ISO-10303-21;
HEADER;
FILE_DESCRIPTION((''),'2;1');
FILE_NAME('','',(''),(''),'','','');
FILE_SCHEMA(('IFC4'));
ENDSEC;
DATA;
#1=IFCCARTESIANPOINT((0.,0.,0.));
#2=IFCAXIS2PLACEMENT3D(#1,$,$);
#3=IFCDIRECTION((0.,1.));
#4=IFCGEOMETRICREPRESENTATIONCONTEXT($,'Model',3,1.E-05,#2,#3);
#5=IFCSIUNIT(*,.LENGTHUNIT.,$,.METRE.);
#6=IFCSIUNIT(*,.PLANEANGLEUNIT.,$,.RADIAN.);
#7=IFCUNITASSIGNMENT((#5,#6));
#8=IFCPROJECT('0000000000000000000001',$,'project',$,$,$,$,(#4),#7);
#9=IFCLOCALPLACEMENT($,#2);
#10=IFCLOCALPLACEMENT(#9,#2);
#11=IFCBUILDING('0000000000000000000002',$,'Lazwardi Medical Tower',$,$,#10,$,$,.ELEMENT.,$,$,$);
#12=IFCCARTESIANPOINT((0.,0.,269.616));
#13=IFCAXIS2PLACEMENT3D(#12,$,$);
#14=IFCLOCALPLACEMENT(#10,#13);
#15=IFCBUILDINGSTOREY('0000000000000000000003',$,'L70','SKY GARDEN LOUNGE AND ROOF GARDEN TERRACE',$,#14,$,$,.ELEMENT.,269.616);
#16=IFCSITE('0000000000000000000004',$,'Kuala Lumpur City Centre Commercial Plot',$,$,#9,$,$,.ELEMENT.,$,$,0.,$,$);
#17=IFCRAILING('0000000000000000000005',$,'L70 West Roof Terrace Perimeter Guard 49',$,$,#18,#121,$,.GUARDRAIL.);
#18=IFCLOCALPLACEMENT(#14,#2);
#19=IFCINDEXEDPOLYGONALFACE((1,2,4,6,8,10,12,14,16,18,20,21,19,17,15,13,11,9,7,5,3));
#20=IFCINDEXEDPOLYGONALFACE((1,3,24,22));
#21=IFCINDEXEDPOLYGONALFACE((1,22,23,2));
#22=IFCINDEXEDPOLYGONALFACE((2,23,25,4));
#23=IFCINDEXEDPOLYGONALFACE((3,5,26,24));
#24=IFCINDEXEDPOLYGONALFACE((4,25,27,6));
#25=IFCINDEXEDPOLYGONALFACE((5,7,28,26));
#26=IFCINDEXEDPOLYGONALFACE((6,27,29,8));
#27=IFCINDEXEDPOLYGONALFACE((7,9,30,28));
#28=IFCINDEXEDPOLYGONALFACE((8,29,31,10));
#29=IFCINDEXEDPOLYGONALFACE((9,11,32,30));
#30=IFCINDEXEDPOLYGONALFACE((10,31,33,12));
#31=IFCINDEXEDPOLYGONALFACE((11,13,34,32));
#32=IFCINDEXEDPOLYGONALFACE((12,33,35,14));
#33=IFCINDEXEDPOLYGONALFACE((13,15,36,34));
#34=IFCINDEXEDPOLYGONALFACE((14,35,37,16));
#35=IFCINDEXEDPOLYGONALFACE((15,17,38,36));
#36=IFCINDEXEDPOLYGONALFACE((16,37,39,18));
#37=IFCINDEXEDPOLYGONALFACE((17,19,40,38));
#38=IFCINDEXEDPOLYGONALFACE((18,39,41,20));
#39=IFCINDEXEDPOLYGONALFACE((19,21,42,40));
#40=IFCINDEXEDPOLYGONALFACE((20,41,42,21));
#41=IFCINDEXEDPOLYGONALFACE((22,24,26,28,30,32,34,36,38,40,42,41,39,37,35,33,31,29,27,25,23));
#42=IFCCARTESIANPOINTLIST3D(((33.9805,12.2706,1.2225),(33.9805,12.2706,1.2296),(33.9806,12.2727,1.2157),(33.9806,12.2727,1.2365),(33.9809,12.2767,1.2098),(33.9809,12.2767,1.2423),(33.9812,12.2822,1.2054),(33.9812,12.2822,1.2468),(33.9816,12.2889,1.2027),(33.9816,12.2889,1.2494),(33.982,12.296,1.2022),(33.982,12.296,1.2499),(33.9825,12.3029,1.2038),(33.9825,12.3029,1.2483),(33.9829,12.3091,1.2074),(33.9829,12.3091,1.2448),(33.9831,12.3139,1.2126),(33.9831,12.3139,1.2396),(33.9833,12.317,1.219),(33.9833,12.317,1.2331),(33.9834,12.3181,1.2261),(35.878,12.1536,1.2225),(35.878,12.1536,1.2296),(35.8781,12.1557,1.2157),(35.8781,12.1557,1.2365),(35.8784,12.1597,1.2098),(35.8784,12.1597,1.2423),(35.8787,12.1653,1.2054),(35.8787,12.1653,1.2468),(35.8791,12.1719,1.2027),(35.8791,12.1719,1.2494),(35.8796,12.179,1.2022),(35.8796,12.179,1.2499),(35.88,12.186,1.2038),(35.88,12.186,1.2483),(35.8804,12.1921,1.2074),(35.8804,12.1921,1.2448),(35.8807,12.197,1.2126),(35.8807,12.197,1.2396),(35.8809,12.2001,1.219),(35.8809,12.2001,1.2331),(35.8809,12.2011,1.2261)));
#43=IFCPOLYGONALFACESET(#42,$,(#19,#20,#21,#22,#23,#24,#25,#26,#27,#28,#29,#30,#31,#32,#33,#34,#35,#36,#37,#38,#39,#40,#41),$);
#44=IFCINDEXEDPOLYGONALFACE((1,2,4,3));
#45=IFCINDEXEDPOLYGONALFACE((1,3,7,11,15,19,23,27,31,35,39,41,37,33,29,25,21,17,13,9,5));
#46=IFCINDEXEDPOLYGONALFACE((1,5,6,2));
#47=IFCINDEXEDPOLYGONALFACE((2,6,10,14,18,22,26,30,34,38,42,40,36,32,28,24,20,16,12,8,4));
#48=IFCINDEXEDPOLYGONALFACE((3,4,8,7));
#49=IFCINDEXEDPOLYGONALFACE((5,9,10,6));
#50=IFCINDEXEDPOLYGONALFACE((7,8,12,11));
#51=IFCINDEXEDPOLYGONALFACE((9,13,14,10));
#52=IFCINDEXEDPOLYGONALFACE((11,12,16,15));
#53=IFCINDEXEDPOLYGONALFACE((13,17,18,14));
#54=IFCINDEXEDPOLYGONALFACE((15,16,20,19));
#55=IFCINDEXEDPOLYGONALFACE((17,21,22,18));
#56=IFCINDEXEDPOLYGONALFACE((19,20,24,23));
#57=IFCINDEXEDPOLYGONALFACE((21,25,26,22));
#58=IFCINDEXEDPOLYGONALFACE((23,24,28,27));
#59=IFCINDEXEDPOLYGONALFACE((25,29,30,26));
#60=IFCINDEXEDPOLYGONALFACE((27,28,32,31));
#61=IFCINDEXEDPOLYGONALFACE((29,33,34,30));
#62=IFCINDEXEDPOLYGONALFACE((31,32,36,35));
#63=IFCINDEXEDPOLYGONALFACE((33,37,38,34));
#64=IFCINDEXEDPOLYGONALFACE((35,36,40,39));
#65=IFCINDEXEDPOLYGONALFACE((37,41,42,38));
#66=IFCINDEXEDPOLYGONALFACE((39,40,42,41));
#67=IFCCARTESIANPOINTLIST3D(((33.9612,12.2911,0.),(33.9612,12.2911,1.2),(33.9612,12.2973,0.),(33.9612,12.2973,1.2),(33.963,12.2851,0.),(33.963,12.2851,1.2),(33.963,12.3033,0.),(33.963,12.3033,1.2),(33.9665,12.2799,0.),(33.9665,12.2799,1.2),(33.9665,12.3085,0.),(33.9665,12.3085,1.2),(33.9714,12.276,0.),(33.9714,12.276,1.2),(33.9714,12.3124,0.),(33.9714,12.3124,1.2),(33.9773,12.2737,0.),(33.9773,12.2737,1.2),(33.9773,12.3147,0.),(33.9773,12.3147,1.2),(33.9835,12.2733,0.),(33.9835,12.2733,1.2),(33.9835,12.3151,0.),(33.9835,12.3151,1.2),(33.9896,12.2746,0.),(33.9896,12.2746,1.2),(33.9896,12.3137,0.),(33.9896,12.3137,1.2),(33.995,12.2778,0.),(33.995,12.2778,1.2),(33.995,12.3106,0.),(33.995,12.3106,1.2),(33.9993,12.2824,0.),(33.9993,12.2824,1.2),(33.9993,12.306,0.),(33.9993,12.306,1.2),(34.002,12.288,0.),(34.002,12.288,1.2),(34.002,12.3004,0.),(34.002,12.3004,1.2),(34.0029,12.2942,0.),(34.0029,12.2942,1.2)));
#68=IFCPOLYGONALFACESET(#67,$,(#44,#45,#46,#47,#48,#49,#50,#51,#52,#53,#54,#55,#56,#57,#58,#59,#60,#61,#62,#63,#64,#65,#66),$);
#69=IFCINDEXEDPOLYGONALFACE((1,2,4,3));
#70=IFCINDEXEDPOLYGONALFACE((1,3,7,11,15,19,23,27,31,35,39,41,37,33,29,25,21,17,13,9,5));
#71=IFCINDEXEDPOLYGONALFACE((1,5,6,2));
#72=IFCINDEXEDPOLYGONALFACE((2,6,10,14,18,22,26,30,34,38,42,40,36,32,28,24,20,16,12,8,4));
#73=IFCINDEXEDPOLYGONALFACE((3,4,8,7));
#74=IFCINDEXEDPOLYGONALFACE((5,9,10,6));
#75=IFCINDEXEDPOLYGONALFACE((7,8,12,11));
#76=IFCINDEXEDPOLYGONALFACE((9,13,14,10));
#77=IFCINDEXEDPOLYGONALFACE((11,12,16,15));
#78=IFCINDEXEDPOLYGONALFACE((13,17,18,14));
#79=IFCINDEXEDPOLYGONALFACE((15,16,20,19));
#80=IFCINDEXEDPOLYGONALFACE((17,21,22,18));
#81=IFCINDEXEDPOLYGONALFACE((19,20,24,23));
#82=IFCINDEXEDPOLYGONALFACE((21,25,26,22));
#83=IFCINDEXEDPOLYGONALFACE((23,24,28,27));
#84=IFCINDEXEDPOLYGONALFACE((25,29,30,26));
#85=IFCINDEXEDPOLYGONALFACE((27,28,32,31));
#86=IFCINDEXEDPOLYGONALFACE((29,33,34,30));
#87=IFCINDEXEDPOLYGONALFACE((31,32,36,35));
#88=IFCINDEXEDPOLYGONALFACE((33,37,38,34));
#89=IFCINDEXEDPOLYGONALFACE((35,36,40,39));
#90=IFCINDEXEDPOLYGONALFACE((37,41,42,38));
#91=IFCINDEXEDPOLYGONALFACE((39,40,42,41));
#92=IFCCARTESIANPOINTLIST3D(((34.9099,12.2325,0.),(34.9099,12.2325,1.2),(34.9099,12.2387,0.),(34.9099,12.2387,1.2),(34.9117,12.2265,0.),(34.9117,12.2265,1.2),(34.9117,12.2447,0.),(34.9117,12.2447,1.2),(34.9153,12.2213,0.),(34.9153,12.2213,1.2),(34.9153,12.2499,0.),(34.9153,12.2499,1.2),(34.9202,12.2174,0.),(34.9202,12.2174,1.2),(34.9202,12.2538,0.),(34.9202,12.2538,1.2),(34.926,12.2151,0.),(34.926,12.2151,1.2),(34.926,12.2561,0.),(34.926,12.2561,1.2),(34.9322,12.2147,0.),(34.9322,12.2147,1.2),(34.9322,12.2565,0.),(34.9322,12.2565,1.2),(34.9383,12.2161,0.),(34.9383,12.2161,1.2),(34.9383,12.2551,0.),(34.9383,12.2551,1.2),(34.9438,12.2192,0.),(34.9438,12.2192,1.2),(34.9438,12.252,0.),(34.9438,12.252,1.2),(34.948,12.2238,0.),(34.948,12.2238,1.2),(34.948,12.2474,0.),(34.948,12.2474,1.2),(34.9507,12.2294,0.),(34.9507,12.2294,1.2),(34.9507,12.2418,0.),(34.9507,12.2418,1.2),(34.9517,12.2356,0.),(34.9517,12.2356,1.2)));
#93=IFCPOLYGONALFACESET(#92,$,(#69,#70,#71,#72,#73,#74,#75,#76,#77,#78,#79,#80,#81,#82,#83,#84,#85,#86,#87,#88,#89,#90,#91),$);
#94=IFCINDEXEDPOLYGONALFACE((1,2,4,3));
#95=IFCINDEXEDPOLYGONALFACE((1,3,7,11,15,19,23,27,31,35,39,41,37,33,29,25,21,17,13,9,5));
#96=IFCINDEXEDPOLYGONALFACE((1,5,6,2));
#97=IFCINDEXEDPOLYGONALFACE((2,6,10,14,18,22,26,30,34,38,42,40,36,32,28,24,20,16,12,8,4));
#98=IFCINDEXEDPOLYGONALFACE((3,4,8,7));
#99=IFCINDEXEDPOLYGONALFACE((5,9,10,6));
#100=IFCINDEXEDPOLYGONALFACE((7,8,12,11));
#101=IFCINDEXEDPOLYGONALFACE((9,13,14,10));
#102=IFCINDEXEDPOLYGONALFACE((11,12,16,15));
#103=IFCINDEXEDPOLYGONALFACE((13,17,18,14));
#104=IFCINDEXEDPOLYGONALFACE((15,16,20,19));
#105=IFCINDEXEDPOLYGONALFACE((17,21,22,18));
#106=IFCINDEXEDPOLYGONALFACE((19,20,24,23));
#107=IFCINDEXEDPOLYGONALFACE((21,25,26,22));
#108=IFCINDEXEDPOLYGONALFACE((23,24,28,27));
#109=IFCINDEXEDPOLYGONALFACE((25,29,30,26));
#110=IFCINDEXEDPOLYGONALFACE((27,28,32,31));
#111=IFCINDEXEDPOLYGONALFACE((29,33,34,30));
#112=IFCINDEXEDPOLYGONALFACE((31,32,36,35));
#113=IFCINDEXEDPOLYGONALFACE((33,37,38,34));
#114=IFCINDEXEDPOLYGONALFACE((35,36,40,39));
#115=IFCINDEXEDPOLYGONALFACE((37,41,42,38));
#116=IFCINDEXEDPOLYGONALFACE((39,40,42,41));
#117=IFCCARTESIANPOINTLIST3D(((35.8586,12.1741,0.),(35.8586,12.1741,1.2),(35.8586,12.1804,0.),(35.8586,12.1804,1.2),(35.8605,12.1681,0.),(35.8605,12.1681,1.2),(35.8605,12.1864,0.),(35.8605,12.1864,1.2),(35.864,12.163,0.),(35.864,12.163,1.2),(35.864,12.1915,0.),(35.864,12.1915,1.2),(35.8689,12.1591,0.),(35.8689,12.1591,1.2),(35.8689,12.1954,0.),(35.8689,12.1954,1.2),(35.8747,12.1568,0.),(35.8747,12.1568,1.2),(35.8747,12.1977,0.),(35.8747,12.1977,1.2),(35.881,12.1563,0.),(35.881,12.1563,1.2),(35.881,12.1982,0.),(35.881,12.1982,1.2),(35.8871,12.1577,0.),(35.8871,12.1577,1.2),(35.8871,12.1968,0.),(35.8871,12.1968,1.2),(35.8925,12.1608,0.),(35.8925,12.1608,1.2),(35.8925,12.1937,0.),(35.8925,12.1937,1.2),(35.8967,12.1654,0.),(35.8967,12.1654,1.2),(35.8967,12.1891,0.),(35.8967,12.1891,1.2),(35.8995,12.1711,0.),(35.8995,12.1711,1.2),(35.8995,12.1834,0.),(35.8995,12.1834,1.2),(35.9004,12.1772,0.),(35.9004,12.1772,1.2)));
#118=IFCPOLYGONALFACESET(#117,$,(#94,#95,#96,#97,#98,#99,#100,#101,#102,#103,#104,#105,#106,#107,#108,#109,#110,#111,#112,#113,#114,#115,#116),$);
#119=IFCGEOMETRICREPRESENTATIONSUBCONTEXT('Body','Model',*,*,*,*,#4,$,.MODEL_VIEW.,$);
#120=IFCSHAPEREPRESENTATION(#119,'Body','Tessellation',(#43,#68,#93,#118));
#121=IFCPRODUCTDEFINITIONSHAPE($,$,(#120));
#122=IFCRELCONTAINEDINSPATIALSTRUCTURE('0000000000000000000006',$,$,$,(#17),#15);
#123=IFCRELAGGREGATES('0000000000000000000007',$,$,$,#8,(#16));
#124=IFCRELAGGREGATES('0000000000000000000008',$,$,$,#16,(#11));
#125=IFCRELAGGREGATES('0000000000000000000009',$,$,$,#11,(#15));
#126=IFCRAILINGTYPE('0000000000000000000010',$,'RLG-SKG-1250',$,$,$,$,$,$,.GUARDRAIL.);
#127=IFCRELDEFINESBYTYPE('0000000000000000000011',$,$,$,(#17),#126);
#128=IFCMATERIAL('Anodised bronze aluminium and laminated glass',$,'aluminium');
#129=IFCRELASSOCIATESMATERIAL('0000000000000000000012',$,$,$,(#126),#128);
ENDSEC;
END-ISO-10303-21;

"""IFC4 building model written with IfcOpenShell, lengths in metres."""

from ifc_helpers import new_model, si_unit, direction, frame, origin, origin_2d, place, context, subcontext, project, spatial, circle, extrude, material, type_object, element, save


model = new_model("IFC4")

# Units and contexts
model_context = context("Model", 3, precision=1e-05, world=origin(), true_north=direction((0.0, 1.0)))
body_context = subcontext(model_context, "Body", "Model", "MODEL_VIEW")
ifc_project = project(units=[si_unit("LENGTHUNIT", "METRE"), si_unit("PLANEANGLEUNIT", "RADIAN")], contexts=[model_context])

# Site, building, storey
site_placement = place(None, origin())
site = spatial("IfcSite", under=ifc_project, at=site_placement, Name="Kuala Lumpur City Centre Commercial Plot", CompositionType="ELEMENT", RefElevation=0.0)
building_placement = place(site_placement, origin())
building = spatial("IfcBuilding", under=site, at=building_placement, Name="Lazwardi Medical Tower", CompositionType="ELEMENT")
storey_placement = place(building_placement, frame((0.0, 0.0, 269.616)))
storey = spatial("IfcBuildingStorey", under=building, at=storey_placement, Name="L70", Description="SKY GARDEN LOUNGE AND ROOF GARDEN TERRACE", CompositionType="ELEMENT", Elevation=269.616)

# Railing
ifc_material_1 = material(Name="Anodised bronze aluminium and laminated glass", Category="aluminium")
railing_type = type_object("IfcRailingType", Name="RLG-SKG-1250", PredefinedType="GUARDRAIL", material=ifc_material_1)
railing_1_placement = place(storey_placement, frame((33.9819, 12.2942, 0.0)))
element("IfcRailing", 1, at=railing_1_placement, inside=storey, type_object=railing_type, Name="L70 West Roof Terrace Perimeter Guard 49", PredefinedType="GUARDRAIL", context=body_context, shape_type="SweptSolid", body=[
    extrude(circle(Radius=0.0239, at=origin_2d()), frame((0.0, 0.0, 1.2261), z_axis=(0.998106, -0.061515, 0.0), x_axis=(0.061515, 0.998106, 0.0)), (0.0, 0.0, 1.0), 1.9011),
    extrude(circle(Radius=0.021, at=origin_2d()), origin(), (0.0, 0.0, 1.0), 1.2),
    extrude(circle(Radius=0.021, at=origin_2d()), frame((0.9487, -0.0586, 0.0)), (0.0, 0.0, 1.0), 1.2),
    extrude(circle(Radius=0.021, at=origin_2d()), frame((1.8975, -0.1169, 0.0)), (0.0, 0.0, 1.0), 1.2),
])

save(model, "model.ifc")
